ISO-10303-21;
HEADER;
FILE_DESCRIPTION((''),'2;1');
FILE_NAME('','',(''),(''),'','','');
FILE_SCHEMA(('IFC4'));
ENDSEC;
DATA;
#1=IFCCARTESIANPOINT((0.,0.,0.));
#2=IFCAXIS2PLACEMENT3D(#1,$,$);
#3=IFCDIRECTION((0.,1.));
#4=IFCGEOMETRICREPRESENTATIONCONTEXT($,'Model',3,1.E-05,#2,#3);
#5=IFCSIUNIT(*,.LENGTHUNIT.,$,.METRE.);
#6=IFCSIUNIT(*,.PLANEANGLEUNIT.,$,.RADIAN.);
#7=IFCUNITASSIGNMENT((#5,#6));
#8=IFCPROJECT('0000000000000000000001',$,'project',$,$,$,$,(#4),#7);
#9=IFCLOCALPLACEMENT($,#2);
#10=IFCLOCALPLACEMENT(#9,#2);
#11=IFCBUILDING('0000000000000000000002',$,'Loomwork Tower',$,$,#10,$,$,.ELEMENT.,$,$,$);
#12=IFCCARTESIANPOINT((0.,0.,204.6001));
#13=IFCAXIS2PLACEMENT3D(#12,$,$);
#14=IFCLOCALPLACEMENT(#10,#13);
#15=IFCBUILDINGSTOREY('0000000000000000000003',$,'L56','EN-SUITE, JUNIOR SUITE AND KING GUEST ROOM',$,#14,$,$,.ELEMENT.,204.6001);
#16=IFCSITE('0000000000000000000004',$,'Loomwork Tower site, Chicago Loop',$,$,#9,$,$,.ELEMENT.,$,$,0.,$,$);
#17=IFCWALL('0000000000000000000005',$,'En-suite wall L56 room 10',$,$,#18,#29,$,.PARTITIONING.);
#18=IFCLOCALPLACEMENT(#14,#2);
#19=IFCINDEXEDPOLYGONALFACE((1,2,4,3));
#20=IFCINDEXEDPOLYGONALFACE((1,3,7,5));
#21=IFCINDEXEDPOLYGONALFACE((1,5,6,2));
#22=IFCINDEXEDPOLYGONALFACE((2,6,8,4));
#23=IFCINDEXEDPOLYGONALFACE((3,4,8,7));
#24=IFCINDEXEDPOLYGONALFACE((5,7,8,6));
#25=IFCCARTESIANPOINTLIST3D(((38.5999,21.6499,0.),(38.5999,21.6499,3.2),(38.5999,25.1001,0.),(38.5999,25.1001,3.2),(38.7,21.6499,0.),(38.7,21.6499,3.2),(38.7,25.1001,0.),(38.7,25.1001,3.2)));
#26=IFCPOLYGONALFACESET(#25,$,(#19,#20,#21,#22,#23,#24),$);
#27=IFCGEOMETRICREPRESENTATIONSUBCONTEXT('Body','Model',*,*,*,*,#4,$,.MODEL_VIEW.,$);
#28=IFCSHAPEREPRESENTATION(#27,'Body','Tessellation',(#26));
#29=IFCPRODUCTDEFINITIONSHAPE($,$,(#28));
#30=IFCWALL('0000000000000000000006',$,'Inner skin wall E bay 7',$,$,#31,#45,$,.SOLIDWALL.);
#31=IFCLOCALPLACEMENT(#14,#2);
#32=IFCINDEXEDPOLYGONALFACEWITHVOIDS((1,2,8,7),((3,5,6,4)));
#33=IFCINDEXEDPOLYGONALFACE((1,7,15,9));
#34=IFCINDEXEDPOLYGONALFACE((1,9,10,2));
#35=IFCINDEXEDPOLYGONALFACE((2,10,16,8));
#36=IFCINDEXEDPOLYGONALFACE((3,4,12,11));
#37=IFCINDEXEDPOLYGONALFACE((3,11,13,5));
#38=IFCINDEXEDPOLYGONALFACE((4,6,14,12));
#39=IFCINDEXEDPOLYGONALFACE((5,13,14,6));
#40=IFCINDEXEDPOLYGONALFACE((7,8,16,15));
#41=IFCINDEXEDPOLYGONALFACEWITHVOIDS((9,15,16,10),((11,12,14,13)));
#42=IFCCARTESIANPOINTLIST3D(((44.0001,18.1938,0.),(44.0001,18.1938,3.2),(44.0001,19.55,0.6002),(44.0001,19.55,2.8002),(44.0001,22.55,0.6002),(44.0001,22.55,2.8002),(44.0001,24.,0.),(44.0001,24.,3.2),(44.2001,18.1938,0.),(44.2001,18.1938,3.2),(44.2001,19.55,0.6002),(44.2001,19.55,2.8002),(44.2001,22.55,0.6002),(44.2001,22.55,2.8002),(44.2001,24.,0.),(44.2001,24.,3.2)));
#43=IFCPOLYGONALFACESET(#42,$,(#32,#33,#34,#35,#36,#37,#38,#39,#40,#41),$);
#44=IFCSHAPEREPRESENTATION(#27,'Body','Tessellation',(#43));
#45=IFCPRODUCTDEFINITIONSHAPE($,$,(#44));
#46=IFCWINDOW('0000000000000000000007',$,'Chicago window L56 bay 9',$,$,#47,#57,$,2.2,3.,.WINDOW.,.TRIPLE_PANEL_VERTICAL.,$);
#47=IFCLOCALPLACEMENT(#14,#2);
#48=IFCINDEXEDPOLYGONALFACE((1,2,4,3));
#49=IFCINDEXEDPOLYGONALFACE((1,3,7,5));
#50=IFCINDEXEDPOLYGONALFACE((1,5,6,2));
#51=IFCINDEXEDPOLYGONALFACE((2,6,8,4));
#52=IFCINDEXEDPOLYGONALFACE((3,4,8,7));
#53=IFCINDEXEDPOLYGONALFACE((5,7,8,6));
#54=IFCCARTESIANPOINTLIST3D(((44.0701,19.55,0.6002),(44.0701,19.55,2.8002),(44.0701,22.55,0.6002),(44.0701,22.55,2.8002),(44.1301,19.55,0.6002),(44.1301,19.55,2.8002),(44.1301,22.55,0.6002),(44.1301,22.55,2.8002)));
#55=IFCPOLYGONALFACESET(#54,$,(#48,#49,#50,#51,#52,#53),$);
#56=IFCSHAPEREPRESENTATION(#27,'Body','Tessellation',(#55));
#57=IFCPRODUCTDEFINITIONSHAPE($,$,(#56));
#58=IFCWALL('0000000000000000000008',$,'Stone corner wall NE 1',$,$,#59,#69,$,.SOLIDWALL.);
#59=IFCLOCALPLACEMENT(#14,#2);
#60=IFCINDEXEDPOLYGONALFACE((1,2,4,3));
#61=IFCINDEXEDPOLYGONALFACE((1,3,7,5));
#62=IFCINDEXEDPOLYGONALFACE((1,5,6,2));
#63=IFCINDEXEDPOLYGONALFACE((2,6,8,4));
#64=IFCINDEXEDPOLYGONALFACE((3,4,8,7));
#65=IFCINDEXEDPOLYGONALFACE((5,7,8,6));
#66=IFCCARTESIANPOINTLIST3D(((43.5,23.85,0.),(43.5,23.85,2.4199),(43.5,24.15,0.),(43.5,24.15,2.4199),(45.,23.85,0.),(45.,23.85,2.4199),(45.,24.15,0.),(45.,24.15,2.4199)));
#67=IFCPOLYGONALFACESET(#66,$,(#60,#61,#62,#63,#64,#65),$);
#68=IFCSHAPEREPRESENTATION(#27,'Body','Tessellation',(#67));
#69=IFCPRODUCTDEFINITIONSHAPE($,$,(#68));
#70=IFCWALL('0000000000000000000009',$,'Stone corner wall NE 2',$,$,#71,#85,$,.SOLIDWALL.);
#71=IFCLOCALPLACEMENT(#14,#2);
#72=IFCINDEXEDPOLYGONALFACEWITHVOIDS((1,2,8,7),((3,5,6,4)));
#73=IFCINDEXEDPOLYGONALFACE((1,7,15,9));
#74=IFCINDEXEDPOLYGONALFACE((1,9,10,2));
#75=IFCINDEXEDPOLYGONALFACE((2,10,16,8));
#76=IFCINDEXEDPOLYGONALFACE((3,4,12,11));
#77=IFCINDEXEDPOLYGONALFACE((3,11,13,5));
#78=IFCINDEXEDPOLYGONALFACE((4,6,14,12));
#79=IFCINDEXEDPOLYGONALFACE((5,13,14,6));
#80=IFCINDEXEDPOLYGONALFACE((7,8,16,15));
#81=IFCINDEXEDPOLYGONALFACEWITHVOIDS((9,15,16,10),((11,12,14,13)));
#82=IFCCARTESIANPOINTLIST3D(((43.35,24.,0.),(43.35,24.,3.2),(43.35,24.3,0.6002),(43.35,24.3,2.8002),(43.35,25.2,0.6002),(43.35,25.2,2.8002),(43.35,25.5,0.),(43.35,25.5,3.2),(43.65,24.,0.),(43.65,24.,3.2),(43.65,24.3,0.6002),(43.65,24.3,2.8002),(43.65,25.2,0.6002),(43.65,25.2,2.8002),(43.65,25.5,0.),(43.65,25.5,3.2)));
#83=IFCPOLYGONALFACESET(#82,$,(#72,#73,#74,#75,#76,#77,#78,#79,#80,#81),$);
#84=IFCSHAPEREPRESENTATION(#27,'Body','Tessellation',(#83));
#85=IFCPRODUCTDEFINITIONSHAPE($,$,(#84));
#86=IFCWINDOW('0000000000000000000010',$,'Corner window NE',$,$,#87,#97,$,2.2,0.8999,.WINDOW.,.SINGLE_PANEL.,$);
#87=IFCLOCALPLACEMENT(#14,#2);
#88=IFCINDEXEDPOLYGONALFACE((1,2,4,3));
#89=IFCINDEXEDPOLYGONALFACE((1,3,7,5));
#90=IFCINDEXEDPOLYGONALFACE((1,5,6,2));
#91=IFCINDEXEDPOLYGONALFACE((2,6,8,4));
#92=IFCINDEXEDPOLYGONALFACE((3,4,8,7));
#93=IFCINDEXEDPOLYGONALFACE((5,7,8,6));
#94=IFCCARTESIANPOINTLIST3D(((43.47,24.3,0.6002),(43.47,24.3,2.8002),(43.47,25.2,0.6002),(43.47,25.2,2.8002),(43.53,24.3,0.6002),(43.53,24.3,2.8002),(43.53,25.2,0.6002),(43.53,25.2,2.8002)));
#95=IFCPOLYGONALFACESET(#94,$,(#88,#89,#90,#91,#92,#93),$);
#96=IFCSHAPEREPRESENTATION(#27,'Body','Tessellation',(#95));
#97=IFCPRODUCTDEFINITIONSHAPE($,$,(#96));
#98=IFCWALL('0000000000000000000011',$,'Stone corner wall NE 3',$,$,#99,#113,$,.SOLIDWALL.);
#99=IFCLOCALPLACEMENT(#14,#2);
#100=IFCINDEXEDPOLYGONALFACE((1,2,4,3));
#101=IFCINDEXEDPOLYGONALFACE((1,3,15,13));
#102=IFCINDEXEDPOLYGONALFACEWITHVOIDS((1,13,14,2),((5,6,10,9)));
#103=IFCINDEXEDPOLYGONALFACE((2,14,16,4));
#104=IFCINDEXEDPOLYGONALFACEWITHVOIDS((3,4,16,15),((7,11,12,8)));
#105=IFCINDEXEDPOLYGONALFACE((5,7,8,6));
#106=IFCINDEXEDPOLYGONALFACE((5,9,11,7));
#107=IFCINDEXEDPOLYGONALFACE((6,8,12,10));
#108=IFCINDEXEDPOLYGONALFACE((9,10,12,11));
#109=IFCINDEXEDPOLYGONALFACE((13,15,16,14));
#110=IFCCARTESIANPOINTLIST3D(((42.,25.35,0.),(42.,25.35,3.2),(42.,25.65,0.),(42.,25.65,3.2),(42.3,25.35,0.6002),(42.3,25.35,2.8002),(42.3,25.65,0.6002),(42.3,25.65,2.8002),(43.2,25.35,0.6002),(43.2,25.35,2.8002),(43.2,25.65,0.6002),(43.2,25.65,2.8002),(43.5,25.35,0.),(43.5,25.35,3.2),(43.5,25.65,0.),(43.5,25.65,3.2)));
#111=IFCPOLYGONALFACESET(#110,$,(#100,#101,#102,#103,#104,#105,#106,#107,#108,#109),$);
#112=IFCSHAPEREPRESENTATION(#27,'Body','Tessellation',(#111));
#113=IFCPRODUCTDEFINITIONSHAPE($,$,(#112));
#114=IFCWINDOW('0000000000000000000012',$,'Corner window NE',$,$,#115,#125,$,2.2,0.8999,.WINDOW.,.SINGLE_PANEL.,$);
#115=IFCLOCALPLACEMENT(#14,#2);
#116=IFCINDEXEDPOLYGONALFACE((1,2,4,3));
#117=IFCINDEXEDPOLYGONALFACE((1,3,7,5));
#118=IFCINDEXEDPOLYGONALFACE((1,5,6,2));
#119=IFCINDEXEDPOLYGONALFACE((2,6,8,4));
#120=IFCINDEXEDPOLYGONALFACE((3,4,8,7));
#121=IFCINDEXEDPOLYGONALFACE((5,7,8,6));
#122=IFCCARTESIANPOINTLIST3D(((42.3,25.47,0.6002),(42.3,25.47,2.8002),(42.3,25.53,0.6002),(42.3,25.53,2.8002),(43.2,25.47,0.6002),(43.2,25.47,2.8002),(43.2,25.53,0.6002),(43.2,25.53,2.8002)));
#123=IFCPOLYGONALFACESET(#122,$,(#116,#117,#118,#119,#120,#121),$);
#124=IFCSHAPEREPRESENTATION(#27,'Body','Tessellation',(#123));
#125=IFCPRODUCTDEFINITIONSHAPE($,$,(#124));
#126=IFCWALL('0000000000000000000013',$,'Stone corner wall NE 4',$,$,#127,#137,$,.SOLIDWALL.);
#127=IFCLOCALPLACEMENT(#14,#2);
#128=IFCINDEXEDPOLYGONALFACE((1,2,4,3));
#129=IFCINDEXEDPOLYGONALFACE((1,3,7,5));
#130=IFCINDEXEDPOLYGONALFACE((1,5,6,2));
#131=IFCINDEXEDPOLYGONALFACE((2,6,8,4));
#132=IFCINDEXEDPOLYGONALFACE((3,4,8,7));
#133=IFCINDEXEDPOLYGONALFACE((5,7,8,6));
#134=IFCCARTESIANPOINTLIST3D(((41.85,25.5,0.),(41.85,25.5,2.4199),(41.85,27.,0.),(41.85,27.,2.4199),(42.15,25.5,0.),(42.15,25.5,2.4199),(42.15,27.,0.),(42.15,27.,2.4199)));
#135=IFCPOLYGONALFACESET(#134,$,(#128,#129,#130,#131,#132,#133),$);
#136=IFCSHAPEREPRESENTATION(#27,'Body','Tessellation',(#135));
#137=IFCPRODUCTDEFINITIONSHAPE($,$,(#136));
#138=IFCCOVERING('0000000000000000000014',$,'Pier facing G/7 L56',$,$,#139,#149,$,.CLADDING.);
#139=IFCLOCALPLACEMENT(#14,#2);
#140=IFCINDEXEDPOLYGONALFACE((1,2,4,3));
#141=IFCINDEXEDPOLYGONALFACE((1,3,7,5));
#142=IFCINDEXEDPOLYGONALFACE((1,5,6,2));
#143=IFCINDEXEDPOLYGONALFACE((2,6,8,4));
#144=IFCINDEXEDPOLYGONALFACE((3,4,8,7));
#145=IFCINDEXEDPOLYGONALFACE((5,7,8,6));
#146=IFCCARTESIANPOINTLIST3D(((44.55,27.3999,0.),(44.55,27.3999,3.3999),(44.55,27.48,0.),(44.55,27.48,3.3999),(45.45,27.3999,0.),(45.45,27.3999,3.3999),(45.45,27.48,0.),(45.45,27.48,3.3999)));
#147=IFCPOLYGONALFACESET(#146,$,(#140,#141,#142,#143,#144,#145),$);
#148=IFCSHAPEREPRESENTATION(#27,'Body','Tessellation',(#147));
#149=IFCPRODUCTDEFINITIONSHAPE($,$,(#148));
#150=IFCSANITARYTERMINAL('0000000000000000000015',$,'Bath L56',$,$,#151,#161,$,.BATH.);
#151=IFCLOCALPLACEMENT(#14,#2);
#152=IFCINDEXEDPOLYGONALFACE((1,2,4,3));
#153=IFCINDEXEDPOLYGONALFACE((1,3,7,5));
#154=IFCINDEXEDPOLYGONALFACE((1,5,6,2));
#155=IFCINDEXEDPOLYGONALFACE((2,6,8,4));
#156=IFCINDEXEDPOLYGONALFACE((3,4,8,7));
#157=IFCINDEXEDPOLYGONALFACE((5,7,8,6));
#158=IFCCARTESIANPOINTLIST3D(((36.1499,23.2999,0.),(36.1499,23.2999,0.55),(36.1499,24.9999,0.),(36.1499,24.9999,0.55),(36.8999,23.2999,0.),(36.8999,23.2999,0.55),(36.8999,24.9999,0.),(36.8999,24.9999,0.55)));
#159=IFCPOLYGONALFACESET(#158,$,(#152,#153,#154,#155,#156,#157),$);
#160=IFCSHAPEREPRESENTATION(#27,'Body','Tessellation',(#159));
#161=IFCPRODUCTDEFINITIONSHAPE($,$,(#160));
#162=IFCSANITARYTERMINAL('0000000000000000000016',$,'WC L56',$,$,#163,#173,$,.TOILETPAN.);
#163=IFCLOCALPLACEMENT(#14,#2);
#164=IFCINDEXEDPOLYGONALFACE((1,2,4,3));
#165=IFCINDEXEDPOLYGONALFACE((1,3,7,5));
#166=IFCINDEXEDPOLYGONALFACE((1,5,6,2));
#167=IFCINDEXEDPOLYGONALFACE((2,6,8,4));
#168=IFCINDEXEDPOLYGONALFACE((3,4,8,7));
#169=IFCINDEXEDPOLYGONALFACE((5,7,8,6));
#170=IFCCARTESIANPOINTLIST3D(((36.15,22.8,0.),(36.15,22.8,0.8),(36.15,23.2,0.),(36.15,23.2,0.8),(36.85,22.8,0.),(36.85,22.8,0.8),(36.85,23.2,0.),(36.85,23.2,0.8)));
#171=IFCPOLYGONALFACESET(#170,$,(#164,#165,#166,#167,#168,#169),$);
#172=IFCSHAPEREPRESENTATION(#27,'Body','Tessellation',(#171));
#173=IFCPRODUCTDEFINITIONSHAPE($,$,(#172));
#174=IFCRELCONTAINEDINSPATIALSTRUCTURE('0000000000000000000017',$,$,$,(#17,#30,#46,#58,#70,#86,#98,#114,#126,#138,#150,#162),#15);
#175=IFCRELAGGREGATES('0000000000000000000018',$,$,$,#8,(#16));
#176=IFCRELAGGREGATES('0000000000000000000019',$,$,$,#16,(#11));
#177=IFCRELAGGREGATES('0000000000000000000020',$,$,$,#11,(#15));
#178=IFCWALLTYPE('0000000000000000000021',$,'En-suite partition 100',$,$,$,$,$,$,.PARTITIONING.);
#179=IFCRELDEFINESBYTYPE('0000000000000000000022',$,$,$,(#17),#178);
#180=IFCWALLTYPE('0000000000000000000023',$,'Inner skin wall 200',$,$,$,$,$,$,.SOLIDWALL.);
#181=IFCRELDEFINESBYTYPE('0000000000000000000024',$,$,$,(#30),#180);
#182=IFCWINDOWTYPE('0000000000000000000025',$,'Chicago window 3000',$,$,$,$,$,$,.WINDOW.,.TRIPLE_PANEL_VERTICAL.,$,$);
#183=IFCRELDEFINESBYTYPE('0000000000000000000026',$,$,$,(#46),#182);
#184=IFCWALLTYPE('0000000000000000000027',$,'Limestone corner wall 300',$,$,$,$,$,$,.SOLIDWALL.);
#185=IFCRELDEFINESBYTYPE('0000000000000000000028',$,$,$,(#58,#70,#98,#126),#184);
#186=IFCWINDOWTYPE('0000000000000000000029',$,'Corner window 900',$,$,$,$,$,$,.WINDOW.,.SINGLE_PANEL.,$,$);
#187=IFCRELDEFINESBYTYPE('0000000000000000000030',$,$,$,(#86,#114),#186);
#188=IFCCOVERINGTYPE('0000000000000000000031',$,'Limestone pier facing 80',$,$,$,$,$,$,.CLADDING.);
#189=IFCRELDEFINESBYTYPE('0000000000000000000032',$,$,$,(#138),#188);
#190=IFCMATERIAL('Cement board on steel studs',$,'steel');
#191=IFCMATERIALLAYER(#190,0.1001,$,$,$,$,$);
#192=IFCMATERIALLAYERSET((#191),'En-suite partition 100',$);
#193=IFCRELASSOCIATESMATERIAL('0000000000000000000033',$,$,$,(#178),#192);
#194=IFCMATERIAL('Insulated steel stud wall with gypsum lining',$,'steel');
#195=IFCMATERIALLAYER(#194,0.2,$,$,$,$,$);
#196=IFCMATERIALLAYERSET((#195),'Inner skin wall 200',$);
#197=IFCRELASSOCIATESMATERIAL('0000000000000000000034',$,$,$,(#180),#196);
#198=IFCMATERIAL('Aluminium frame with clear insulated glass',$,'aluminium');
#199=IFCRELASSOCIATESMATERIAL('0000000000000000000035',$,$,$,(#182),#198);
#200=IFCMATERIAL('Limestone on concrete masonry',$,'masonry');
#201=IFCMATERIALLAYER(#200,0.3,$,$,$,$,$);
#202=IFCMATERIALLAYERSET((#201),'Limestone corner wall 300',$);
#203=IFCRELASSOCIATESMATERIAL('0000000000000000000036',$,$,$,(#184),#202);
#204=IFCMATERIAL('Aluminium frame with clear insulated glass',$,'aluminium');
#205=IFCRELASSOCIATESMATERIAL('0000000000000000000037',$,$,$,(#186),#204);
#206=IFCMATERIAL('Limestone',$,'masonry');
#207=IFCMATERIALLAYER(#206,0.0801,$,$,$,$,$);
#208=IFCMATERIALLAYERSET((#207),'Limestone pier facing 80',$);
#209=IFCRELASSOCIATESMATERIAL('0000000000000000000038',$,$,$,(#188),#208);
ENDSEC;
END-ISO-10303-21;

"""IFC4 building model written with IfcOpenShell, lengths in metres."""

from ifc_helpers import new_model, si_unit, direction, frame, frame_2d, origin, origin_2d, place, context, subcontext, project, spatial, rectangle, extrude, material, layer, layer_set, type_object, element, fill, save


model = new_model("IFC4")

# Units and contexts
model_context = context("Model", 3, precision=1e-05, world=origin(), true_north=direction((0.0, 1.0)))
body_context = subcontext(model_context, "Body", "Model", "MODEL_VIEW")
ifc_project = project(units=[si_unit("LENGTHUNIT", "METRE"), si_unit("PLANEANGLEUNIT", "RADIAN")], contexts=[model_context])

# Site, building, storey
site_placement = place(None, origin())
site = spatial("IfcSite", under=ifc_project, at=site_placement, Name="Loomwork Tower site, Chicago Loop", CompositionType="ELEMENT", RefElevation=0.0)
building_placement = place(site_placement, origin())
building = spatial("IfcBuilding", under=site, at=building_placement, Name="Loomwork Tower", CompositionType="ELEMENT")
storey_placement = place(building_placement, frame((0.0, 0.0, 204.6001)))
storey = spatial("IfcBuildingStorey", under=building, at=storey_placement, Name="L56", Description="EN-SUITE, JUNIOR SUITE AND KING GUEST ROOM", CompositionType="ELEMENT", Elevation=204.6001)

# Wall
ifc_material_1 = material(Name="Cement board on steel studs", Category="steel")
ifc_layer_1 = layer(ifc_material_1, 0.1001)
ifc_layer_set_1 = layer_set([ifc_layer_1], Name="En-suite partition 100")
wall_type_1 = type_object("IfcWallType", Name="En-suite partition 100", PredefinedType="PARTITIONING", material=ifc_layer_set_1)
wall_1_placement = place(storey_placement, frame((38.6499, 21.6499, 0.0), z_axis=(0.0, 0.0, 1.0), x_axis=(0.0, 1.0, 0.0)))
element("IfcWall", 1, at=wall_1_placement, inside=storey, type_object=wall_type_1, Name="En-suite wall L56 room 10", PredefinedType="PARTITIONING", context=body_context, shape_type="SweptSolid", body=[
    extrude(rectangle(XDim=3.4502, YDim=0.1001, at=frame_2d((1.7251, 0.0))), origin(), (0.0, 0.0, 1.0), 3.2),
])

# Wall, opening, window
ifc_material_2 = material(Name="Insulated steel stud wall with gypsum lining", Category="steel")
ifc_layer_2 = layer(ifc_material_2, 0.2)
ifc_layer_set_2 = layer_set([ifc_layer_2], Name="Inner skin wall 200")
wall_type_2 = type_object("IfcWallType", Name="Inner skin wall 200", PredefinedType="SOLIDWALL", material=ifc_layer_set_2)
wall_2_placement = place(storey_placement, frame((44.1001, 18.1938, 0.0), z_axis=(0.0, 0.0, 1.0), x_axis=(0.0, 1.0, 0.0)))
wall_2 = element("IfcWall", 2, at=wall_2_placement, inside=storey, type_object=wall_type_2, Name="Inner skin wall E bay 7", PredefinedType="SOLIDWALL", context=body_context, shape_type="SweptSolid", body=[
    extrude(rectangle(XDim=5.8062, YDim=0.2, at=frame_2d((2.9031, 0.0))), origin(), (0.0, 0.0, 1.0), 3.2),
])
opening_1_placement = place(wall_2_placement, frame((1.3562, 0.0, 0.6001)))
opening_1 = element("IfcOpeningElement", 3, at=opening_1_placement, cuts=wall_2, PredefinedType="OPENING", context=body_context, shape_type="SweptSolid", body=[
    extrude(rectangle(XDim=3.0, YDim=2.2, at=frame_2d((1.5, 1.1001))), frame((0.0, 0.1099, 0.0), z_axis=(0.0, -1.0, 0.0), x_axis=(1.0, 0.0, 0.0)), (0.0, 0.0, 1.0), 0.22),
])
ifc_material_3 = material(Name="Aluminium frame with clear insulated glass", Category="aluminium")
window_type_1 = type_object("IfcWindowType", Name="Chicago window 3000", PartitioningType="TRIPLE_PANEL_VERTICAL", PredefinedType="WINDOW", material=ifc_material_3)
window_1_placement = place(opening_1_placement, origin())
window_1 = element("IfcWindow", 4, at=window_1_placement, inside=storey, type_object=window_type_1, Name="Chicago window L56 bay 9", OverallHeight=2.2, OverallWidth=3.0, PartitioningType="TRIPLE_PANEL_VERTICAL", PredefinedType="WINDOW", context=body_context, shape_type="SweptSolid", body=[
    extrude(rectangle(XDim=3.0, YDim=2.2, at=frame_2d((1.5, 1.1001))), frame((0.0, 0.03, 0.0), z_axis=(0.0, -1.0, 0.0), x_axis=(1.0, 0.0, 0.0)), (0.0, 0.0, 1.0), 0.0601),
])
fill(opening_1, window_1)

# Wall
ifc_material_4 = material(Name="Limestone on concrete masonry", Category="masonry")
ifc_layer_3 = layer(ifc_material_4, 0.3)
ifc_layer_set_3 = layer_set([ifc_layer_3], Name="Limestone corner wall 300")
wall_type_3 = type_object("IfcWallType", Name="Limestone corner wall 300", PredefinedType="SOLIDWALL", material=ifc_layer_set_3)
wall_3_placement = place(storey_placement, frame((45.0, 24.0, 0.0), z_axis=(0.0, 0.0, 1.0), x_axis=(-1.0, 0.0, 0.0)))
element("IfcWall", 5, at=wall_3_placement, inside=storey, type_object=wall_type_3, Name="Stone corner wall NE 1", PredefinedType="SOLIDWALL", context=body_context, shape_type="SweptSolid", body=[
    extrude(rectangle(XDim=1.5, YDim=0.3, at=frame_2d((0.75, 0.0))), origin(), (0.0, 0.0, 1.0), 2.4199),
])

# Walls, openings, windows
wall_4_placement = place(storey_placement, frame((43.5, 24.0, 0.0), z_axis=(0.0, 0.0, 1.0), x_axis=(0.0, 1.0, 0.0)))
wall_4 = element("IfcWall", 6, at=wall_4_placement, inside=storey, type_object=wall_type_3, Name="Stone corner wall NE 2", PredefinedType="SOLIDWALL", context=body_context, shape_type="SweptSolid", body=[
    extrude(rectangle(XDim=1.5, YDim=0.3, at=frame_2d((0.75, 0.0))), origin(), (0.0, 0.0, 1.0), 3.2),
])
opening_2_placement = place(wall_4_placement, frame((0.3, 0.0, 0.6001)))
opening_2 = element("IfcOpeningElement", 7, at=opening_2_placement, cuts=wall_4, PredefinedType="OPENING", context=body_context, shape_type="SweptSolid", body=[
    extrude(rectangle(XDim=0.8999, YDim=2.2, at=frame_2d((0.45, 1.1001))), frame((0.0, 0.1599, 0.0), z_axis=(0.0, -1.0, 0.0), x_axis=(1.0, 0.0, 0.0)), (0.0, 0.0, 1.0), 0.3201),
])
ifc_material_5 = material(Name="Aluminium frame with clear insulated glass", Category="aluminium")
window_type_2 = type_object("IfcWindowType", Name="Corner window 900", PartitioningType="SINGLE_PANEL", PredefinedType="WINDOW", material=ifc_material_5)
window_2_placement = place(opening_2_placement, origin())
window_2 = element("IfcWindow", 8, at=window_2_placement, inside=storey, type_object=window_type_2, Name="Corner window NE", OverallHeight=2.2, OverallWidth=0.8999, PartitioningType="SINGLE_PANEL", PredefinedType="WINDOW", context=body_context, shape_type="SweptSolid", body=[
    extrude(rectangle(XDim=0.8999, YDim=2.2, at=frame_2d((0.45, 1.1001))), frame((0.0, 0.03, 0.0), z_axis=(0.0, -1.0, 0.0), x_axis=(1.0, 0.0, 0.0)), (0.0, 0.0, 1.0), 0.0601),
])
fill(opening_2, window_2)
wall_5_placement = place(storey_placement, frame((43.5, 25.5, 0.0), z_axis=(0.0, 0.0, 1.0), x_axis=(-1.0, 0.0, 0.0)))
wall_5 = element("IfcWall", 9, at=wall_5_placement, inside=storey, type_object=wall_type_3, Name="Stone corner wall NE 3", PredefinedType="SOLIDWALL", context=body_context, shape_type="SweptSolid", body=[
    extrude(rectangle(XDim=1.5, YDim=0.3, at=frame_2d((0.75, 0.0))), origin(), (0.0, 0.0, 1.0), 3.2),
])
opening_3_placement = place(wall_5_placement, frame((0.3, 0.0, 0.6001)))
opening_3 = element("IfcOpeningElement", 10, at=opening_3_placement, cuts=wall_5, PredefinedType="OPENING", context=body_context, shape_type="SweptSolid", body=[
    extrude(rectangle(XDim=0.8999, YDim=2.2, at=frame_2d((0.45, 1.1001))), frame((0.0, 0.1599, 0.0), z_axis=(0.0, -1.0, 0.0), x_axis=(1.0, 0.0, 0.0)), (0.0, 0.0, 1.0), 0.3201),
])
window_3_placement = place(opening_3_placement, origin())
window_3 = element("IfcWindow", 11, at=window_3_placement, inside=storey, type_object=window_type_2, Name="Corner window NE", OverallHeight=2.2, OverallWidth=0.8999, PartitioningType="SINGLE_PANEL", PredefinedType="WINDOW", context=body_context, shape_type="SweptSolid", body=[
    extrude(rectangle(XDim=0.8999, YDim=2.2, at=frame_2d((0.45, 1.1001))), frame((0.0, 0.03, 0.0), z_axis=(0.0, -1.0, 0.0), x_axis=(1.0, 0.0, 0.0)), (0.0, 0.0, 1.0), 0.0601),
])
fill(opening_3, window_3)

# Wall
wall_6_placement = place(storey_placement, frame((42.0, 25.5, 0.0), z_axis=(0.0, 0.0, 1.0), x_axis=(0.0, 1.0, 0.0)))
element("IfcWall", 12, at=wall_6_placement, inside=storey, type_object=wall_type_3, Name="Stone corner wall NE 4", PredefinedType="SOLIDWALL", context=body_context, shape_type="SweptSolid", body=[
    extrude(rectangle(XDim=1.5, YDim=0.3, at=frame_2d((0.75, 0.0))), origin(), (0.0, 0.0, 1.0), 2.4199),
])

# Covering
ifc_material_6 = material(Name="Limestone", Category="masonry")
ifc_layer_4 = layer(ifc_material_6, 0.0801)
ifc_layer_set_4 = layer_set([ifc_layer_4], Name="Limestone pier facing 80")
covering_type = type_object("IfcCoveringType", Name="Limestone pier facing 80", PredefinedType="CLADDING", material=ifc_layer_set_4)
covering_placement = place(storey_placement, frame((45.0, 27.4399, 0.0), z_axis=(0.0, 0.0, 1.0), x_axis=(1.0, 0.0, 0.0)))
element("IfcCovering", 13, at=covering_placement, inside=storey, type_object=covering_type, Name="Pier facing G/7 L56", PredefinedType="CLADDING", context=body_context, shape_type="SweptSolid", body=[
    extrude(rectangle(XDim=0.8999, YDim=0.0801, at=origin_2d()), origin(), (0.0, 0.0, 1.0), 3.3999),
])

# Sanitary terminals
sanitary_terminal_1_placement = place(storey_placement, frame((36.5249, 24.1499, 0.0), z_axis=(0.0, 0.0, 1.0), x_axis=(1.0, 0.0, 0.0)))
element("IfcSanitaryTerminal", 14, at=sanitary_terminal_1_placement, inside=storey, Name="Bath L56", PredefinedType="BATH", context=body_context, shape_type="SweptSolid", body=[
    extrude(rectangle(XDim=0.75, YDim=1.7, at=origin_2d()), origin(), (0.0, 0.0, 1.0), 0.55),
])
sanitary_terminal_2_placement = place(storey_placement, frame((36.5, 23.0, 0.0), z_axis=(0.0, 0.0, 1.0), x_axis=(1.0, 0.0, 0.0)))
element("IfcSanitaryTerminal", 15, at=sanitary_terminal_2_placement, inside=storey, Name="WC L56", PredefinedType="TOILETPAN", context=body_context, shape_type="SweptSolid", body=[
    extrude(rectangle(XDim=0.7, YDim=0.3999, at=origin_2d()), origin(), (0.0, 0.0, 1.0), 0.8),
])

save(model, "model.ifc")
